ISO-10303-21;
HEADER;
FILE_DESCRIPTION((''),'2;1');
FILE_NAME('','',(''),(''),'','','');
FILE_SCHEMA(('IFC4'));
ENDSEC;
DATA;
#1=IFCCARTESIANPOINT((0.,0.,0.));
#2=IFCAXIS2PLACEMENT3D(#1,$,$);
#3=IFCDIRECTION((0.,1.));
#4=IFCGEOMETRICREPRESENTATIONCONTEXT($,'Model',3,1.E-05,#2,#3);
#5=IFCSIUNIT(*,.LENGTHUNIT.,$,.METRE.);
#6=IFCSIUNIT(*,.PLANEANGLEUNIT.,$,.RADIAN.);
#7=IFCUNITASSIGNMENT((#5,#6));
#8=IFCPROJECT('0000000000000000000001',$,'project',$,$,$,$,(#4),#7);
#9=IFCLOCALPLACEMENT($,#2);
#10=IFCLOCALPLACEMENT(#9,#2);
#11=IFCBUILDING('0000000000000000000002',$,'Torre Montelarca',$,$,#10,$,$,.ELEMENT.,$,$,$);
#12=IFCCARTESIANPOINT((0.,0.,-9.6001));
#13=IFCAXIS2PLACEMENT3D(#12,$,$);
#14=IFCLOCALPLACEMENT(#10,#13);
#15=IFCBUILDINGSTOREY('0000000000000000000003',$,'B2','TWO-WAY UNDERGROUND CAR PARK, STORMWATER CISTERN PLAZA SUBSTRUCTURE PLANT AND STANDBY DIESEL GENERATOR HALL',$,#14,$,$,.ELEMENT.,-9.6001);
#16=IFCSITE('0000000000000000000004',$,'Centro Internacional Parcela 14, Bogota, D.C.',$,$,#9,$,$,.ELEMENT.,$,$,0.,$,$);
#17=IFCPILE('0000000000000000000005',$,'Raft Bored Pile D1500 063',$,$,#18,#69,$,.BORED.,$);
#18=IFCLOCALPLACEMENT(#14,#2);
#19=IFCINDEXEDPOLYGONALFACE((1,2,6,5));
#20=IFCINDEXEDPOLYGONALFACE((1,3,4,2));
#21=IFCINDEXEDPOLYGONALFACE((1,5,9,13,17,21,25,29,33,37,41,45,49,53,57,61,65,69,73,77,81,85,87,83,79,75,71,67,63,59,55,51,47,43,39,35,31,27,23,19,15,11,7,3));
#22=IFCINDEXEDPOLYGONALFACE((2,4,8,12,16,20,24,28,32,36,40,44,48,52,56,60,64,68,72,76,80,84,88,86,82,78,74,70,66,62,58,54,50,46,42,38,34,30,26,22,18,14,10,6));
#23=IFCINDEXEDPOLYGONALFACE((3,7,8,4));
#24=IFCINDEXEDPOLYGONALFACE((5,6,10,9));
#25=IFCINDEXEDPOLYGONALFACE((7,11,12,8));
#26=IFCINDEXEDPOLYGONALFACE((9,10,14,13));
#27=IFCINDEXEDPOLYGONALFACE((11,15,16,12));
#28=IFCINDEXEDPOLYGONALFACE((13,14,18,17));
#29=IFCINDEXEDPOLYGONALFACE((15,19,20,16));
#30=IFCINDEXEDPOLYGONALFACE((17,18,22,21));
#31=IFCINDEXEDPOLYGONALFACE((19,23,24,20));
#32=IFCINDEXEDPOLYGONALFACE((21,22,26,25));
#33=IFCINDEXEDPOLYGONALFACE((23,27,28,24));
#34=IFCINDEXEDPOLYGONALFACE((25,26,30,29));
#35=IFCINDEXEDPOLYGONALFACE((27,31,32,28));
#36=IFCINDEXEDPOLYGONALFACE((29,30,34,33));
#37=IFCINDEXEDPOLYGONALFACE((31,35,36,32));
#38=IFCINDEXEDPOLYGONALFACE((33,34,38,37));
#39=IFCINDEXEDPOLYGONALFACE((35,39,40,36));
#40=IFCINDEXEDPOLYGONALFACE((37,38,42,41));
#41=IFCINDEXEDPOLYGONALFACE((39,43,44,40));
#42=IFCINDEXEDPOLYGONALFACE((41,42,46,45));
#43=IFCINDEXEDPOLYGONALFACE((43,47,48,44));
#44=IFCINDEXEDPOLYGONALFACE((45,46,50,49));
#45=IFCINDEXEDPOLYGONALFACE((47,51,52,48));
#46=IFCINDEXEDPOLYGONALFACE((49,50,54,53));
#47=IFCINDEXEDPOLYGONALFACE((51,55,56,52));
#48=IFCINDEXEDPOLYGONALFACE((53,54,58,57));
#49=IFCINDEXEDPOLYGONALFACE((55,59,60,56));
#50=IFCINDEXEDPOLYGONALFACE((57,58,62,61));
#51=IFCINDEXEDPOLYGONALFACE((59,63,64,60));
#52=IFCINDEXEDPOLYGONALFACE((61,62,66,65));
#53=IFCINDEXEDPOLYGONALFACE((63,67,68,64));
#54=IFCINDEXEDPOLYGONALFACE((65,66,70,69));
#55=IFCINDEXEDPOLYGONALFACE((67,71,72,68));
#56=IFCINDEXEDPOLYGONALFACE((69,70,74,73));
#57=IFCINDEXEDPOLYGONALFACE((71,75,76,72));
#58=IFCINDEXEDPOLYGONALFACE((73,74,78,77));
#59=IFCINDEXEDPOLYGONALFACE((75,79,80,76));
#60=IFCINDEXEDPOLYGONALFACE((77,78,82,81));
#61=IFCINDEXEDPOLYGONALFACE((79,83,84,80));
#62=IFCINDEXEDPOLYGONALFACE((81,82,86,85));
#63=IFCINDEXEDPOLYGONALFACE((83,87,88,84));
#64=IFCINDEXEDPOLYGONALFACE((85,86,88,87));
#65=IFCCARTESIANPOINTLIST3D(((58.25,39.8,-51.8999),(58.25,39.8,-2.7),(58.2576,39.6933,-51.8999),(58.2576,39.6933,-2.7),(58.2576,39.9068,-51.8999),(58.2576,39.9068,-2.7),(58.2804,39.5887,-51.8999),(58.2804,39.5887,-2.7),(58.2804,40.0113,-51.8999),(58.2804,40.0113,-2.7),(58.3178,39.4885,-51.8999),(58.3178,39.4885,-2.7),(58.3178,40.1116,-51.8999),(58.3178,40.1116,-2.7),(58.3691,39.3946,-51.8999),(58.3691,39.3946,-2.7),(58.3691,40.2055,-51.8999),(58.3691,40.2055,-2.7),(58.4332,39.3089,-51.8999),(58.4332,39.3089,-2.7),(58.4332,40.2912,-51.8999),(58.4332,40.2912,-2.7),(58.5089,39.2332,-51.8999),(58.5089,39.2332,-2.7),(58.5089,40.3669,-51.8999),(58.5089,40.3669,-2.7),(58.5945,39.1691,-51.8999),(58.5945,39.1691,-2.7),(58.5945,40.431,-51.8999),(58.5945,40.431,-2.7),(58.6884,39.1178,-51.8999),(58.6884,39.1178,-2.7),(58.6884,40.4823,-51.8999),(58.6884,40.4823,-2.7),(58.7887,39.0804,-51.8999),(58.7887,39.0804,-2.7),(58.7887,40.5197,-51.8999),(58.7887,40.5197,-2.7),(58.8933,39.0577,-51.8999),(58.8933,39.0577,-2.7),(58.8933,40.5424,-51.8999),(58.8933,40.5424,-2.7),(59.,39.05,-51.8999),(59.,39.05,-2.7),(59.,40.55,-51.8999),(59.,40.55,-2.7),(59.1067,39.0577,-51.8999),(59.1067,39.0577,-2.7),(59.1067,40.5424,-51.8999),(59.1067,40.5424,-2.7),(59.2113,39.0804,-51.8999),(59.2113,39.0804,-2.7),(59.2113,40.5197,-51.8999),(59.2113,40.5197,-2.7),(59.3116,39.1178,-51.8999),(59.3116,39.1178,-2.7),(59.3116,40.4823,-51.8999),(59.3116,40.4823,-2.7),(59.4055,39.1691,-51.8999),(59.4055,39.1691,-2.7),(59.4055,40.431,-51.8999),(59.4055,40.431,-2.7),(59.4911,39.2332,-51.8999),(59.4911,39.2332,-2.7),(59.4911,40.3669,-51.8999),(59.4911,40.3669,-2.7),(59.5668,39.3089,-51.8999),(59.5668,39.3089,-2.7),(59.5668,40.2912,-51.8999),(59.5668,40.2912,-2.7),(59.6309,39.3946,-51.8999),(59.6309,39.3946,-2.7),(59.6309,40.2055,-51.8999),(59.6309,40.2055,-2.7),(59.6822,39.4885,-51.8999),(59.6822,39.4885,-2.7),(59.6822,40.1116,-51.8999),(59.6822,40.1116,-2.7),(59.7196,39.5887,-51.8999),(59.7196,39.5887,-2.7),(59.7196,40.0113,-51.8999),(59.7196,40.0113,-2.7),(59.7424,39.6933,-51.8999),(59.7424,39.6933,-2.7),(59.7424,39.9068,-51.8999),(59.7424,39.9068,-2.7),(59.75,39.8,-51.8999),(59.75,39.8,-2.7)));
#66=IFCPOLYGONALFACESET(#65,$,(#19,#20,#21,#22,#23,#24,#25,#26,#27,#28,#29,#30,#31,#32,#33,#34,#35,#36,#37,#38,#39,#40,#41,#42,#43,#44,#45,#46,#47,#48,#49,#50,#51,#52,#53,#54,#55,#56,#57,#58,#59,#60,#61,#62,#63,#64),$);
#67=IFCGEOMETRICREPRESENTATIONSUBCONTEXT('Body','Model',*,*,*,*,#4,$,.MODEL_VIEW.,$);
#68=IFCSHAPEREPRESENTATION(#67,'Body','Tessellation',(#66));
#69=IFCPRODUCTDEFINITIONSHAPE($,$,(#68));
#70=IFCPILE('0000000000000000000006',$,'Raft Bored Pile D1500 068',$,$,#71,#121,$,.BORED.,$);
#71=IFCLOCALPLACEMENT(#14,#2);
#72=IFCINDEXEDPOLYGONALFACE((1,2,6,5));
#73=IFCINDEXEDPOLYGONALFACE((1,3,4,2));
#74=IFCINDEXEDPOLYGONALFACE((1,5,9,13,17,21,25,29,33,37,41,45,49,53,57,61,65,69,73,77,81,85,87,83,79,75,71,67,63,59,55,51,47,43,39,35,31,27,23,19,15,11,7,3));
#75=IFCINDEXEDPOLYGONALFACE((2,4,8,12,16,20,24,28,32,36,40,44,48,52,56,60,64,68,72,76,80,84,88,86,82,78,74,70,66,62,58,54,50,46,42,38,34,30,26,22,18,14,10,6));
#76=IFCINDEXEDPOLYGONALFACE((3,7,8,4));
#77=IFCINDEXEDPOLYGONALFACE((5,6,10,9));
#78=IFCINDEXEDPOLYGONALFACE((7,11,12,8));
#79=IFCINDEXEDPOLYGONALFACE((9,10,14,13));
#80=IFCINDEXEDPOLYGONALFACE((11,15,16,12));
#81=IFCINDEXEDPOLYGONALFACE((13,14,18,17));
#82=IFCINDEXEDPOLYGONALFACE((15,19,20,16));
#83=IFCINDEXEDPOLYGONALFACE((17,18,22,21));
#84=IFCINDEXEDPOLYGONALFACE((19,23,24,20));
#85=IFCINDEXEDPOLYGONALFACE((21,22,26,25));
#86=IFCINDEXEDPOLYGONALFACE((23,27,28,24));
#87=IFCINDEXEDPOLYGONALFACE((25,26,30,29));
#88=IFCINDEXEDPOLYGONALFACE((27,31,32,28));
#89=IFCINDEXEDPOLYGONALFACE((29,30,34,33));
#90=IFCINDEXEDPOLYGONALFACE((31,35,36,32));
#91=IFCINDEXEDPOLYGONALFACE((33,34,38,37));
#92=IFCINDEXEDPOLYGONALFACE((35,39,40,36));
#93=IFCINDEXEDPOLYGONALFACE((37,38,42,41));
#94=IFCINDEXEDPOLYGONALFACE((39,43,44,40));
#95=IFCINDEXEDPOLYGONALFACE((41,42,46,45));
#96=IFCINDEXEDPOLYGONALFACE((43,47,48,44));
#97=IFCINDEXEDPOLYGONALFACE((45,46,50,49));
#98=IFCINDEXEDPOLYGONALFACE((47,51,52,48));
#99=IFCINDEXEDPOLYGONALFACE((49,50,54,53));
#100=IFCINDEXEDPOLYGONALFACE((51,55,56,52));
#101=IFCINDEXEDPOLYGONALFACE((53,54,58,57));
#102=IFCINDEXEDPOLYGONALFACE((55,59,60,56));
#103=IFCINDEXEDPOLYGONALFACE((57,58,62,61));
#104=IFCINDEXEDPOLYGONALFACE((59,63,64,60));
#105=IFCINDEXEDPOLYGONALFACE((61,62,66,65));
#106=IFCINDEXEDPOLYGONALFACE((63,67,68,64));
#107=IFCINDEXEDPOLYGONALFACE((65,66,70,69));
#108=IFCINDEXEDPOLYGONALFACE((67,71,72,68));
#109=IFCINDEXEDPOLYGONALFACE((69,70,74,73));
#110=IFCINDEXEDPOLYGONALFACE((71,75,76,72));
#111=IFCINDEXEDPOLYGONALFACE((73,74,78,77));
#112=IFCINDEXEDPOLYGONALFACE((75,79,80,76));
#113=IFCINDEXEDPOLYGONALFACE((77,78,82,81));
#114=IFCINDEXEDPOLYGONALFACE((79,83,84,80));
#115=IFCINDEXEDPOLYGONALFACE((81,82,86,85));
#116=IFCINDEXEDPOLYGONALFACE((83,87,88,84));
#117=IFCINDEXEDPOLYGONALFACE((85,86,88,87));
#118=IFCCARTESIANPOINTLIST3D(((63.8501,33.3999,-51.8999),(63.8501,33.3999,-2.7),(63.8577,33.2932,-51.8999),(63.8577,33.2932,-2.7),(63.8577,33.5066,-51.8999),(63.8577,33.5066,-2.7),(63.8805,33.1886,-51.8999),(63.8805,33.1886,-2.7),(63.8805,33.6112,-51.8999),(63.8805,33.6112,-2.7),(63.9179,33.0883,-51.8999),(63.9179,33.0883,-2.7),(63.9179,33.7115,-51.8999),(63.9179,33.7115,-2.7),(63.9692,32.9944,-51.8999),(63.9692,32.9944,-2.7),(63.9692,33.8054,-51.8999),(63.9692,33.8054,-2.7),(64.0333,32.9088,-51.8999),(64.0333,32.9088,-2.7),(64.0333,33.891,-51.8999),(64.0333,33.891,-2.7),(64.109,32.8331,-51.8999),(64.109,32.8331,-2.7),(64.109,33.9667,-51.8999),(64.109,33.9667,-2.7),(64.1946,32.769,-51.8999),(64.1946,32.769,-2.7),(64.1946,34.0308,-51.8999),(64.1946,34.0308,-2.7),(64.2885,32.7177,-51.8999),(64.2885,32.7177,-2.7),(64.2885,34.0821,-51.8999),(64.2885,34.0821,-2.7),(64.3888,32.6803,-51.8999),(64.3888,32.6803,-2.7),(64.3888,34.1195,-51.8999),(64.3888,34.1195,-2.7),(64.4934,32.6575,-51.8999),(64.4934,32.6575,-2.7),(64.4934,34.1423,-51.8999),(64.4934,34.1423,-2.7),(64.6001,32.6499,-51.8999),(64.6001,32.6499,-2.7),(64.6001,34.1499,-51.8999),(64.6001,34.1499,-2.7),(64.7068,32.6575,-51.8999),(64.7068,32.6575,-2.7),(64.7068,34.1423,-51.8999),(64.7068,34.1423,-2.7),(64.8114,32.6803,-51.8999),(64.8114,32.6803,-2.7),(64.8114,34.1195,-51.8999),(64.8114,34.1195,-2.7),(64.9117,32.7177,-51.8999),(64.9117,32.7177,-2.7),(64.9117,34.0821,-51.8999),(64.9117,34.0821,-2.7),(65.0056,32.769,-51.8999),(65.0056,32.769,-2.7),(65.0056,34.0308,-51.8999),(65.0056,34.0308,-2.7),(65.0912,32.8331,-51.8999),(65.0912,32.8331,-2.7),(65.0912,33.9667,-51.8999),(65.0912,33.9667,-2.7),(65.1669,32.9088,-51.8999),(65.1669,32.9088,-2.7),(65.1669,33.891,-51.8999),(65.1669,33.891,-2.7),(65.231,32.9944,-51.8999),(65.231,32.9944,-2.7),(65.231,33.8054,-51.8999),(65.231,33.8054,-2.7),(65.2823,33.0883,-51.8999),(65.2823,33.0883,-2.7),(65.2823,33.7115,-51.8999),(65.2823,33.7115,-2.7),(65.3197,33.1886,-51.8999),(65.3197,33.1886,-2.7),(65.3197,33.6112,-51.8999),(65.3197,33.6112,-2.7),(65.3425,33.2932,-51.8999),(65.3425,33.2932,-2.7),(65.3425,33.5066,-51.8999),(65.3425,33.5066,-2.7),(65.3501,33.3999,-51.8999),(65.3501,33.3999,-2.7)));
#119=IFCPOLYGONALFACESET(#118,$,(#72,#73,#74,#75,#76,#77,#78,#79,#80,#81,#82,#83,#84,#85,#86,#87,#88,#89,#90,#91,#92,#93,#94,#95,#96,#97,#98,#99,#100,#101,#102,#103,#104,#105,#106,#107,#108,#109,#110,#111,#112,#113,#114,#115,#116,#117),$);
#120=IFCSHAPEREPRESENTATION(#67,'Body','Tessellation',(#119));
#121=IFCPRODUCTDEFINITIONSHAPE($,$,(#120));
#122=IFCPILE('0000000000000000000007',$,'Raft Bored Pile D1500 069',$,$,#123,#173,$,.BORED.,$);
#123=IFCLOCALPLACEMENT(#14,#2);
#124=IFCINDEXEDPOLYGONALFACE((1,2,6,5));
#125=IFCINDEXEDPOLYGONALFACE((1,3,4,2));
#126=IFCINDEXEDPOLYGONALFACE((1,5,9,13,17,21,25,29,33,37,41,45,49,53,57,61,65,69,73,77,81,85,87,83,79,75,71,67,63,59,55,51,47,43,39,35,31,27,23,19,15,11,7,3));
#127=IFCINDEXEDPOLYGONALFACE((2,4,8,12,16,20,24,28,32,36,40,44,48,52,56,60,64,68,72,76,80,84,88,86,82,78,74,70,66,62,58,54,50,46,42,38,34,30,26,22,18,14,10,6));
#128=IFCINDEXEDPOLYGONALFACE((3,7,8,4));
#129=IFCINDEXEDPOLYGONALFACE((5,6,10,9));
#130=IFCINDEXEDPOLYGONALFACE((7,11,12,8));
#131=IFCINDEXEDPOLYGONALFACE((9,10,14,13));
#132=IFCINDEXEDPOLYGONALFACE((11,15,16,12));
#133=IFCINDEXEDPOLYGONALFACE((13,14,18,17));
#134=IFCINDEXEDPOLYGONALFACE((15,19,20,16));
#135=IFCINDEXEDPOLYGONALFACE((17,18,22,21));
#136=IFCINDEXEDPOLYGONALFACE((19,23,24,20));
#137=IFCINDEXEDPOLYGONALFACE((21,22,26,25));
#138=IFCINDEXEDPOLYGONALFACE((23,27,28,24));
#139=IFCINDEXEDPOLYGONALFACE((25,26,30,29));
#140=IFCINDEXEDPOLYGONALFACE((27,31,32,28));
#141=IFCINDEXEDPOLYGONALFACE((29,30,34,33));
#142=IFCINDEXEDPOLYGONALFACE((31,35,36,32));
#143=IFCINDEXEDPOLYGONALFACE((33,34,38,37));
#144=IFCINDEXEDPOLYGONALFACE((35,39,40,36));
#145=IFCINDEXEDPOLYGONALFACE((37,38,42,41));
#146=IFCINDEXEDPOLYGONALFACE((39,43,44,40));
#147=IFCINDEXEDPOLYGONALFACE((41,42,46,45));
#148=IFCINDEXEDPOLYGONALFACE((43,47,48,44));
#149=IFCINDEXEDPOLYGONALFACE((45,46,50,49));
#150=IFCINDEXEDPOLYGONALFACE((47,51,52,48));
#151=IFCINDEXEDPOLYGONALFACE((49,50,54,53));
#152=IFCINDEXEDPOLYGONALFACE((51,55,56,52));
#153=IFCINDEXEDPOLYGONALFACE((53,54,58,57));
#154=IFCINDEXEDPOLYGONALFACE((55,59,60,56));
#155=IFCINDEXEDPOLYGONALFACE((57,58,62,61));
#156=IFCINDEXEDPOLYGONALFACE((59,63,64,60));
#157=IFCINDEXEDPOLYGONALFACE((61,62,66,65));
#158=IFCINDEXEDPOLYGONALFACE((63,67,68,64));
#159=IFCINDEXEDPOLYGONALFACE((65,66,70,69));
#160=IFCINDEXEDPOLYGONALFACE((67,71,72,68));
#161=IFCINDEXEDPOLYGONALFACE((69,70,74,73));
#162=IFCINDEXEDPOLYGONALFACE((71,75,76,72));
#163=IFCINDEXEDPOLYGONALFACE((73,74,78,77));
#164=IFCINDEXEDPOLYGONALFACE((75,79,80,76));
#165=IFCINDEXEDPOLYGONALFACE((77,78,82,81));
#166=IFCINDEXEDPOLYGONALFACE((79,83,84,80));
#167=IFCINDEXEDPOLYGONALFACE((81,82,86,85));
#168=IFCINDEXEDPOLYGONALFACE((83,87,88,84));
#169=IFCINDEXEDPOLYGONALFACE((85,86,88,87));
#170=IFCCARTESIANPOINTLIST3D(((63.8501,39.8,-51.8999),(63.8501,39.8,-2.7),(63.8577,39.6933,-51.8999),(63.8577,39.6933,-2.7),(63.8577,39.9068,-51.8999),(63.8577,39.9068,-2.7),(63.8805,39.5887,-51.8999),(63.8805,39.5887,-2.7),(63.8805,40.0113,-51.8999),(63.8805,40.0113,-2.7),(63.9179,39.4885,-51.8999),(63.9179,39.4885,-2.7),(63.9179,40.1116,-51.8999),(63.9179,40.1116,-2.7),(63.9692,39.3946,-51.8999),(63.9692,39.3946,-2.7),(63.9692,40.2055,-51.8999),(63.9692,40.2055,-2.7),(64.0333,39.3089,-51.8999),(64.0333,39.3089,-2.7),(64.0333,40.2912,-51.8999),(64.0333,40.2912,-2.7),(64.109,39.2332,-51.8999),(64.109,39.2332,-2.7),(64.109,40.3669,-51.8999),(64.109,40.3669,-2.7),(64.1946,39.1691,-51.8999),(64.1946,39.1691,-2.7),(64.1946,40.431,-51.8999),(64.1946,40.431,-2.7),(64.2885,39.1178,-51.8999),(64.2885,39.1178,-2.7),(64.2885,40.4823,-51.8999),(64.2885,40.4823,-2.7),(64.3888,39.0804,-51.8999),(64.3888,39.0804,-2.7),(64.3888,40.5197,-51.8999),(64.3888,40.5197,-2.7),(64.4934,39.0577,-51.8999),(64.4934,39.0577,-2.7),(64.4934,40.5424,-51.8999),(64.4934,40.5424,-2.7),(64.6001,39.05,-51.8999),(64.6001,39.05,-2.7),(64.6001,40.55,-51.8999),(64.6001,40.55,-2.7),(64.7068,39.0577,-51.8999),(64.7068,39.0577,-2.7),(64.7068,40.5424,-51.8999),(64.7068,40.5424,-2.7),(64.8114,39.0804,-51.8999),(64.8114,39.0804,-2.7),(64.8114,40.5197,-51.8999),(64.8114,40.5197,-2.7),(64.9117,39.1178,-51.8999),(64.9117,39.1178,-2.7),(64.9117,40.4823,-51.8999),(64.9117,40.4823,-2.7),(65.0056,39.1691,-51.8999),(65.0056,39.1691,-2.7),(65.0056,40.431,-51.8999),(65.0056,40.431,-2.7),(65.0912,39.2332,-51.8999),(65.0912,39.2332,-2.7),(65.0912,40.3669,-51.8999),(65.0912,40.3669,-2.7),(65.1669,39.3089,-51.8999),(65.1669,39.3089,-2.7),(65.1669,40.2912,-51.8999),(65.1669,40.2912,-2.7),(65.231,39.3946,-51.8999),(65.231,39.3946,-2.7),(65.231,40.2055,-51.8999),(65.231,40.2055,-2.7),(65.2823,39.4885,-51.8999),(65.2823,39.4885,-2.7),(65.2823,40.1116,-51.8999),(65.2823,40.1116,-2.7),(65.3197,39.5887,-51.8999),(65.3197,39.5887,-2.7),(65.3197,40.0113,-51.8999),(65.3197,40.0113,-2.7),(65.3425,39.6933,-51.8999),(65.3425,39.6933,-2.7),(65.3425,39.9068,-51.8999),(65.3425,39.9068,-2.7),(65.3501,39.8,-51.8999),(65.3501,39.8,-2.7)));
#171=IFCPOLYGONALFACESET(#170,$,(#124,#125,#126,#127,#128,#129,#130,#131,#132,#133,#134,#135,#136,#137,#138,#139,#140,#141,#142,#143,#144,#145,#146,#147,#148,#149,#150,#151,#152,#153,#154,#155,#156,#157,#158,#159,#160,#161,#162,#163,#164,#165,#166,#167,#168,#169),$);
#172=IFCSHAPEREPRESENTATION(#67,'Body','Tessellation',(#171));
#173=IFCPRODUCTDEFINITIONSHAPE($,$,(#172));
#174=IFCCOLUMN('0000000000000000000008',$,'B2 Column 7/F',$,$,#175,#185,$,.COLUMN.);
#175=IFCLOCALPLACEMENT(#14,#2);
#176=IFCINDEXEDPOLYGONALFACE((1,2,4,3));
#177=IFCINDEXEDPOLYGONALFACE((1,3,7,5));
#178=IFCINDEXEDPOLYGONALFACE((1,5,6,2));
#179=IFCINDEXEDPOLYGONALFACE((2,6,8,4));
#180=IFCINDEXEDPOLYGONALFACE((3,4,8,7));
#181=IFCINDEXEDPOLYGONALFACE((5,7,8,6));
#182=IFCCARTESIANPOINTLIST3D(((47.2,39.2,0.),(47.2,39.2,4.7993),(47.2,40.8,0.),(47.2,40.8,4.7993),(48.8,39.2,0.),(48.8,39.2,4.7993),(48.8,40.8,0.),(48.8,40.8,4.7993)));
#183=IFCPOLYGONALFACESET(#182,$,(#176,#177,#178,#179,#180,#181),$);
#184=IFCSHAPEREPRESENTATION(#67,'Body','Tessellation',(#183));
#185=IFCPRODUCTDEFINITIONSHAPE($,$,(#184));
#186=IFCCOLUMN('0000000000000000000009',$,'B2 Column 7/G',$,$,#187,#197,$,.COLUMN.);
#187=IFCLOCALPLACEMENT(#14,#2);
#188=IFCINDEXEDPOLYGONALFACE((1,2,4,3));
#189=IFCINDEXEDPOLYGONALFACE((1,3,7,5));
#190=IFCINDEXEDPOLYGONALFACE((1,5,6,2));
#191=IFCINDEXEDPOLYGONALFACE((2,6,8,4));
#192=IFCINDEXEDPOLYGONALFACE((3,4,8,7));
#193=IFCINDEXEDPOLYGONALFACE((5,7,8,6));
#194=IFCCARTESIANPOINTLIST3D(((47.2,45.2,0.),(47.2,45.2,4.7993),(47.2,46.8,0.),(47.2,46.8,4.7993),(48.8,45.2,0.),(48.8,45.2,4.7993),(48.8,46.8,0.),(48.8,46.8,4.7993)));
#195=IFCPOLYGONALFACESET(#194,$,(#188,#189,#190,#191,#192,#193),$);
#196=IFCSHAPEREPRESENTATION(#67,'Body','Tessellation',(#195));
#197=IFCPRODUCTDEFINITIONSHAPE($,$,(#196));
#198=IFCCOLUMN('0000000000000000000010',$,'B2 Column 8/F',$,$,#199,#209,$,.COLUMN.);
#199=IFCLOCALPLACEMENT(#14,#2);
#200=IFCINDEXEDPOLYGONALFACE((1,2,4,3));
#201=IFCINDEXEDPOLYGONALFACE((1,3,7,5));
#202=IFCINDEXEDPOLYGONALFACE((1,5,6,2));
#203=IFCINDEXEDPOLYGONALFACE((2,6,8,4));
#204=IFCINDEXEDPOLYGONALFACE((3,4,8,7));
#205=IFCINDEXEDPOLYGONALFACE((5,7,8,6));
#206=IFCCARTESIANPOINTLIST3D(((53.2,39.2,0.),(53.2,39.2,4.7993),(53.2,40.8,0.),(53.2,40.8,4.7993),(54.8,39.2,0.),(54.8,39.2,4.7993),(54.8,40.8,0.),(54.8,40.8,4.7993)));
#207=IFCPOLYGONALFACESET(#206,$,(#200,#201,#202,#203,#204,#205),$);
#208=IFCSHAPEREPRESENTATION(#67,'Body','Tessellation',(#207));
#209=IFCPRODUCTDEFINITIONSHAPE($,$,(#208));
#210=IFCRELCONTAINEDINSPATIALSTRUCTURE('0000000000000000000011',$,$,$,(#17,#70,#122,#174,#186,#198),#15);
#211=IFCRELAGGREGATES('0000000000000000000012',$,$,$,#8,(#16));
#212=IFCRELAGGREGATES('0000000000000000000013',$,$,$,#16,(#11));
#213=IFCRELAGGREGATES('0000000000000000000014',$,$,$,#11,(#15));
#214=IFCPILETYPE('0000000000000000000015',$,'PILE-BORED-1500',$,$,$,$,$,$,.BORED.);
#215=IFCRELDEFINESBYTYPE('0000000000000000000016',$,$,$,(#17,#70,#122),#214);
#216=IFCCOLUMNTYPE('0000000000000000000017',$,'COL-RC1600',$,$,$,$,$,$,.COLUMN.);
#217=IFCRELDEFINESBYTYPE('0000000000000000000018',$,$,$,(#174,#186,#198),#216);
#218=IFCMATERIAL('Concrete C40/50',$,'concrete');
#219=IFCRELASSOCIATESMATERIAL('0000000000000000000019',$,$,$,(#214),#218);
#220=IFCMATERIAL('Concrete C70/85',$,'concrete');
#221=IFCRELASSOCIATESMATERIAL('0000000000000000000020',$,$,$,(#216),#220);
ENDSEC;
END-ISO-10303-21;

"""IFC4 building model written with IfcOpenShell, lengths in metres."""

from ifc_helpers import new_model, si_unit, direction, frame, origin, origin_2d, place, context, subcontext, project, spatial, rectangle, circle, extrude, source, transform, mapped, material, material_profile, profile_set, type_object, element, save


model = new_model("IFC4")

# Units and contexts
model_context = context("Model", 3, precision=1e-05, world=origin(), true_north=direction((0.0, 1.0)))
body_context = subcontext(model_context, "Body", "Model", "MODEL_VIEW")
ifc_project = project(units=[si_unit("LENGTHUNIT", "METRE"), si_unit("PLANEANGLEUNIT", "RADIAN")], contexts=[model_context])

# Site, building, storey
site_placement = place(None, origin())
site = spatial("IfcSite", under=ifc_project, at=site_placement, Name="Centro Internacional Parcela 14, Bogota, D.C.", CompositionType="ELEMENT", RefElevation=0.0)
building_placement = place(site_placement, origin())
building = spatial("IfcBuilding", under=site, at=building_placement, Name="Torre Montelarca", CompositionType="ELEMENT")
storey_placement = place(building_placement, frame((0.0, 0.0, -9.6001)))
storey = spatial("IfcBuildingStorey", under=building, at=storey_placement, Name="B2", Description="TWO-WAY UNDERGROUND CAR PARK, STORMWATER CISTERN PLAZA SUBSTRUCTURE PLANT AND STANDBY DIESEL GENERATOR HALL", CompositionType="ELEMENT", Elevation=-9.6001)

# Piles
ifc_material_1 = material(Name="Concrete C40/50", Category="concrete")
ifc_material_profile_1 = material_profile(ifc_material_1, circle(Radius=0.75, at=origin_2d()), Name="PILE-D1500", Category="concrete")
ifc_profile_set_1 = profile_set([ifc_material_profile_1], Name="Concrete C40/50")
pile_type = type_object("IfcPileType", Name="PILE-BORED-1500", PredefinedType="BORED", material=ifc_profile_set_1)
shared_shape_1 = source(origin(), body_context, "Body", "SweptSolid", [
    extrude(circle(Radius=0.75, at=origin_2d()), origin(), (0.0, 0.0, 1.0), 49.2),
])
for number, where, z_axis, x_axis, name in (
    (1, (59.0, 39.8, -2.7), (0.0, 0.0, -1.0), (1.0, 0.0, 0.0), "Raft Bored Pile D1500 063"),
    (2, (64.6001, 33.3999, -2.7), (0.0, 0.0, -1.0), (1.0, 0.0, 0.0), "Raft Bored Pile D1500 068"),
    (3, (64.6001, 39.8, -2.7), (0.0, 0.0, -1.0), (1.0, 0.0, 0.0), "Raft Bored Pile D1500 069"),
):
    element("IfcPile", number, at=place(storey_placement, frame(where, z_axis=z_axis, x_axis=x_axis)), inside=storey, type_object=pile_type, Name=name, PredefinedType="BORED", context=body_context, shape_type="MappedRepresentation", body=[
        mapped(shared_shape_1, transform((0.0, 0.0, 0.0), scale=1.0)),
    ])

# Columns
ifc_material_2 = material(Name="Concrete C70/85", Category="concrete")
ifc_material_profile_2 = material_profile(ifc_material_2, rectangle(XDim=1.6001, YDim=1.6001, at=origin_2d()), Name="RC1600X1600", Category="concrete")
ifc_profile_set_2 = profile_set([ifc_material_profile_2], Name="Concrete C70/85")
column_type = type_object("IfcColumnType", Name="COL-RC1600", PredefinedType="COLUMN", material=ifc_profile_set_2)
shared_shape_2 = source(origin(), body_context, "Body", "SweptSolid", [
    extrude(rectangle(XDim=1.6001, YDim=1.6001, at=origin_2d()), origin(), (0.0, 0.0, 1.0), 4.7993),
])
for number, where, z_axis, x_axis, name in (
    (4, (48.0, 40.0, 0.0), (0.0, 0.0, 1.0), (1.0, 0.0, 0.0), "B2 Column 7/F"),
    (5, (48.0, 46.0, 0.0), (0.0, 0.0, 1.0), (1.0, 0.0, 0.0), "B2 Column 7/G"),
    (6, (54.0, 40.0, 0.0), (0.0, 0.0, 1.0), (1.0, 0.0, 0.0), "B2 Column 8/F"),
):
    element("IfcColumn", number, at=place(storey_placement, frame(where, z_axis=z_axis, x_axis=x_axis)), inside=storey, type_object=column_type, Name=name, PredefinedType="COLUMN", context=body_context, shape_type="MappedRepresentation", body=[
        mapped(shared_shape_2, transform((0.0, 0.0, 0.0), scale=1.0)),
    ])

save(model, "model.ifc")
